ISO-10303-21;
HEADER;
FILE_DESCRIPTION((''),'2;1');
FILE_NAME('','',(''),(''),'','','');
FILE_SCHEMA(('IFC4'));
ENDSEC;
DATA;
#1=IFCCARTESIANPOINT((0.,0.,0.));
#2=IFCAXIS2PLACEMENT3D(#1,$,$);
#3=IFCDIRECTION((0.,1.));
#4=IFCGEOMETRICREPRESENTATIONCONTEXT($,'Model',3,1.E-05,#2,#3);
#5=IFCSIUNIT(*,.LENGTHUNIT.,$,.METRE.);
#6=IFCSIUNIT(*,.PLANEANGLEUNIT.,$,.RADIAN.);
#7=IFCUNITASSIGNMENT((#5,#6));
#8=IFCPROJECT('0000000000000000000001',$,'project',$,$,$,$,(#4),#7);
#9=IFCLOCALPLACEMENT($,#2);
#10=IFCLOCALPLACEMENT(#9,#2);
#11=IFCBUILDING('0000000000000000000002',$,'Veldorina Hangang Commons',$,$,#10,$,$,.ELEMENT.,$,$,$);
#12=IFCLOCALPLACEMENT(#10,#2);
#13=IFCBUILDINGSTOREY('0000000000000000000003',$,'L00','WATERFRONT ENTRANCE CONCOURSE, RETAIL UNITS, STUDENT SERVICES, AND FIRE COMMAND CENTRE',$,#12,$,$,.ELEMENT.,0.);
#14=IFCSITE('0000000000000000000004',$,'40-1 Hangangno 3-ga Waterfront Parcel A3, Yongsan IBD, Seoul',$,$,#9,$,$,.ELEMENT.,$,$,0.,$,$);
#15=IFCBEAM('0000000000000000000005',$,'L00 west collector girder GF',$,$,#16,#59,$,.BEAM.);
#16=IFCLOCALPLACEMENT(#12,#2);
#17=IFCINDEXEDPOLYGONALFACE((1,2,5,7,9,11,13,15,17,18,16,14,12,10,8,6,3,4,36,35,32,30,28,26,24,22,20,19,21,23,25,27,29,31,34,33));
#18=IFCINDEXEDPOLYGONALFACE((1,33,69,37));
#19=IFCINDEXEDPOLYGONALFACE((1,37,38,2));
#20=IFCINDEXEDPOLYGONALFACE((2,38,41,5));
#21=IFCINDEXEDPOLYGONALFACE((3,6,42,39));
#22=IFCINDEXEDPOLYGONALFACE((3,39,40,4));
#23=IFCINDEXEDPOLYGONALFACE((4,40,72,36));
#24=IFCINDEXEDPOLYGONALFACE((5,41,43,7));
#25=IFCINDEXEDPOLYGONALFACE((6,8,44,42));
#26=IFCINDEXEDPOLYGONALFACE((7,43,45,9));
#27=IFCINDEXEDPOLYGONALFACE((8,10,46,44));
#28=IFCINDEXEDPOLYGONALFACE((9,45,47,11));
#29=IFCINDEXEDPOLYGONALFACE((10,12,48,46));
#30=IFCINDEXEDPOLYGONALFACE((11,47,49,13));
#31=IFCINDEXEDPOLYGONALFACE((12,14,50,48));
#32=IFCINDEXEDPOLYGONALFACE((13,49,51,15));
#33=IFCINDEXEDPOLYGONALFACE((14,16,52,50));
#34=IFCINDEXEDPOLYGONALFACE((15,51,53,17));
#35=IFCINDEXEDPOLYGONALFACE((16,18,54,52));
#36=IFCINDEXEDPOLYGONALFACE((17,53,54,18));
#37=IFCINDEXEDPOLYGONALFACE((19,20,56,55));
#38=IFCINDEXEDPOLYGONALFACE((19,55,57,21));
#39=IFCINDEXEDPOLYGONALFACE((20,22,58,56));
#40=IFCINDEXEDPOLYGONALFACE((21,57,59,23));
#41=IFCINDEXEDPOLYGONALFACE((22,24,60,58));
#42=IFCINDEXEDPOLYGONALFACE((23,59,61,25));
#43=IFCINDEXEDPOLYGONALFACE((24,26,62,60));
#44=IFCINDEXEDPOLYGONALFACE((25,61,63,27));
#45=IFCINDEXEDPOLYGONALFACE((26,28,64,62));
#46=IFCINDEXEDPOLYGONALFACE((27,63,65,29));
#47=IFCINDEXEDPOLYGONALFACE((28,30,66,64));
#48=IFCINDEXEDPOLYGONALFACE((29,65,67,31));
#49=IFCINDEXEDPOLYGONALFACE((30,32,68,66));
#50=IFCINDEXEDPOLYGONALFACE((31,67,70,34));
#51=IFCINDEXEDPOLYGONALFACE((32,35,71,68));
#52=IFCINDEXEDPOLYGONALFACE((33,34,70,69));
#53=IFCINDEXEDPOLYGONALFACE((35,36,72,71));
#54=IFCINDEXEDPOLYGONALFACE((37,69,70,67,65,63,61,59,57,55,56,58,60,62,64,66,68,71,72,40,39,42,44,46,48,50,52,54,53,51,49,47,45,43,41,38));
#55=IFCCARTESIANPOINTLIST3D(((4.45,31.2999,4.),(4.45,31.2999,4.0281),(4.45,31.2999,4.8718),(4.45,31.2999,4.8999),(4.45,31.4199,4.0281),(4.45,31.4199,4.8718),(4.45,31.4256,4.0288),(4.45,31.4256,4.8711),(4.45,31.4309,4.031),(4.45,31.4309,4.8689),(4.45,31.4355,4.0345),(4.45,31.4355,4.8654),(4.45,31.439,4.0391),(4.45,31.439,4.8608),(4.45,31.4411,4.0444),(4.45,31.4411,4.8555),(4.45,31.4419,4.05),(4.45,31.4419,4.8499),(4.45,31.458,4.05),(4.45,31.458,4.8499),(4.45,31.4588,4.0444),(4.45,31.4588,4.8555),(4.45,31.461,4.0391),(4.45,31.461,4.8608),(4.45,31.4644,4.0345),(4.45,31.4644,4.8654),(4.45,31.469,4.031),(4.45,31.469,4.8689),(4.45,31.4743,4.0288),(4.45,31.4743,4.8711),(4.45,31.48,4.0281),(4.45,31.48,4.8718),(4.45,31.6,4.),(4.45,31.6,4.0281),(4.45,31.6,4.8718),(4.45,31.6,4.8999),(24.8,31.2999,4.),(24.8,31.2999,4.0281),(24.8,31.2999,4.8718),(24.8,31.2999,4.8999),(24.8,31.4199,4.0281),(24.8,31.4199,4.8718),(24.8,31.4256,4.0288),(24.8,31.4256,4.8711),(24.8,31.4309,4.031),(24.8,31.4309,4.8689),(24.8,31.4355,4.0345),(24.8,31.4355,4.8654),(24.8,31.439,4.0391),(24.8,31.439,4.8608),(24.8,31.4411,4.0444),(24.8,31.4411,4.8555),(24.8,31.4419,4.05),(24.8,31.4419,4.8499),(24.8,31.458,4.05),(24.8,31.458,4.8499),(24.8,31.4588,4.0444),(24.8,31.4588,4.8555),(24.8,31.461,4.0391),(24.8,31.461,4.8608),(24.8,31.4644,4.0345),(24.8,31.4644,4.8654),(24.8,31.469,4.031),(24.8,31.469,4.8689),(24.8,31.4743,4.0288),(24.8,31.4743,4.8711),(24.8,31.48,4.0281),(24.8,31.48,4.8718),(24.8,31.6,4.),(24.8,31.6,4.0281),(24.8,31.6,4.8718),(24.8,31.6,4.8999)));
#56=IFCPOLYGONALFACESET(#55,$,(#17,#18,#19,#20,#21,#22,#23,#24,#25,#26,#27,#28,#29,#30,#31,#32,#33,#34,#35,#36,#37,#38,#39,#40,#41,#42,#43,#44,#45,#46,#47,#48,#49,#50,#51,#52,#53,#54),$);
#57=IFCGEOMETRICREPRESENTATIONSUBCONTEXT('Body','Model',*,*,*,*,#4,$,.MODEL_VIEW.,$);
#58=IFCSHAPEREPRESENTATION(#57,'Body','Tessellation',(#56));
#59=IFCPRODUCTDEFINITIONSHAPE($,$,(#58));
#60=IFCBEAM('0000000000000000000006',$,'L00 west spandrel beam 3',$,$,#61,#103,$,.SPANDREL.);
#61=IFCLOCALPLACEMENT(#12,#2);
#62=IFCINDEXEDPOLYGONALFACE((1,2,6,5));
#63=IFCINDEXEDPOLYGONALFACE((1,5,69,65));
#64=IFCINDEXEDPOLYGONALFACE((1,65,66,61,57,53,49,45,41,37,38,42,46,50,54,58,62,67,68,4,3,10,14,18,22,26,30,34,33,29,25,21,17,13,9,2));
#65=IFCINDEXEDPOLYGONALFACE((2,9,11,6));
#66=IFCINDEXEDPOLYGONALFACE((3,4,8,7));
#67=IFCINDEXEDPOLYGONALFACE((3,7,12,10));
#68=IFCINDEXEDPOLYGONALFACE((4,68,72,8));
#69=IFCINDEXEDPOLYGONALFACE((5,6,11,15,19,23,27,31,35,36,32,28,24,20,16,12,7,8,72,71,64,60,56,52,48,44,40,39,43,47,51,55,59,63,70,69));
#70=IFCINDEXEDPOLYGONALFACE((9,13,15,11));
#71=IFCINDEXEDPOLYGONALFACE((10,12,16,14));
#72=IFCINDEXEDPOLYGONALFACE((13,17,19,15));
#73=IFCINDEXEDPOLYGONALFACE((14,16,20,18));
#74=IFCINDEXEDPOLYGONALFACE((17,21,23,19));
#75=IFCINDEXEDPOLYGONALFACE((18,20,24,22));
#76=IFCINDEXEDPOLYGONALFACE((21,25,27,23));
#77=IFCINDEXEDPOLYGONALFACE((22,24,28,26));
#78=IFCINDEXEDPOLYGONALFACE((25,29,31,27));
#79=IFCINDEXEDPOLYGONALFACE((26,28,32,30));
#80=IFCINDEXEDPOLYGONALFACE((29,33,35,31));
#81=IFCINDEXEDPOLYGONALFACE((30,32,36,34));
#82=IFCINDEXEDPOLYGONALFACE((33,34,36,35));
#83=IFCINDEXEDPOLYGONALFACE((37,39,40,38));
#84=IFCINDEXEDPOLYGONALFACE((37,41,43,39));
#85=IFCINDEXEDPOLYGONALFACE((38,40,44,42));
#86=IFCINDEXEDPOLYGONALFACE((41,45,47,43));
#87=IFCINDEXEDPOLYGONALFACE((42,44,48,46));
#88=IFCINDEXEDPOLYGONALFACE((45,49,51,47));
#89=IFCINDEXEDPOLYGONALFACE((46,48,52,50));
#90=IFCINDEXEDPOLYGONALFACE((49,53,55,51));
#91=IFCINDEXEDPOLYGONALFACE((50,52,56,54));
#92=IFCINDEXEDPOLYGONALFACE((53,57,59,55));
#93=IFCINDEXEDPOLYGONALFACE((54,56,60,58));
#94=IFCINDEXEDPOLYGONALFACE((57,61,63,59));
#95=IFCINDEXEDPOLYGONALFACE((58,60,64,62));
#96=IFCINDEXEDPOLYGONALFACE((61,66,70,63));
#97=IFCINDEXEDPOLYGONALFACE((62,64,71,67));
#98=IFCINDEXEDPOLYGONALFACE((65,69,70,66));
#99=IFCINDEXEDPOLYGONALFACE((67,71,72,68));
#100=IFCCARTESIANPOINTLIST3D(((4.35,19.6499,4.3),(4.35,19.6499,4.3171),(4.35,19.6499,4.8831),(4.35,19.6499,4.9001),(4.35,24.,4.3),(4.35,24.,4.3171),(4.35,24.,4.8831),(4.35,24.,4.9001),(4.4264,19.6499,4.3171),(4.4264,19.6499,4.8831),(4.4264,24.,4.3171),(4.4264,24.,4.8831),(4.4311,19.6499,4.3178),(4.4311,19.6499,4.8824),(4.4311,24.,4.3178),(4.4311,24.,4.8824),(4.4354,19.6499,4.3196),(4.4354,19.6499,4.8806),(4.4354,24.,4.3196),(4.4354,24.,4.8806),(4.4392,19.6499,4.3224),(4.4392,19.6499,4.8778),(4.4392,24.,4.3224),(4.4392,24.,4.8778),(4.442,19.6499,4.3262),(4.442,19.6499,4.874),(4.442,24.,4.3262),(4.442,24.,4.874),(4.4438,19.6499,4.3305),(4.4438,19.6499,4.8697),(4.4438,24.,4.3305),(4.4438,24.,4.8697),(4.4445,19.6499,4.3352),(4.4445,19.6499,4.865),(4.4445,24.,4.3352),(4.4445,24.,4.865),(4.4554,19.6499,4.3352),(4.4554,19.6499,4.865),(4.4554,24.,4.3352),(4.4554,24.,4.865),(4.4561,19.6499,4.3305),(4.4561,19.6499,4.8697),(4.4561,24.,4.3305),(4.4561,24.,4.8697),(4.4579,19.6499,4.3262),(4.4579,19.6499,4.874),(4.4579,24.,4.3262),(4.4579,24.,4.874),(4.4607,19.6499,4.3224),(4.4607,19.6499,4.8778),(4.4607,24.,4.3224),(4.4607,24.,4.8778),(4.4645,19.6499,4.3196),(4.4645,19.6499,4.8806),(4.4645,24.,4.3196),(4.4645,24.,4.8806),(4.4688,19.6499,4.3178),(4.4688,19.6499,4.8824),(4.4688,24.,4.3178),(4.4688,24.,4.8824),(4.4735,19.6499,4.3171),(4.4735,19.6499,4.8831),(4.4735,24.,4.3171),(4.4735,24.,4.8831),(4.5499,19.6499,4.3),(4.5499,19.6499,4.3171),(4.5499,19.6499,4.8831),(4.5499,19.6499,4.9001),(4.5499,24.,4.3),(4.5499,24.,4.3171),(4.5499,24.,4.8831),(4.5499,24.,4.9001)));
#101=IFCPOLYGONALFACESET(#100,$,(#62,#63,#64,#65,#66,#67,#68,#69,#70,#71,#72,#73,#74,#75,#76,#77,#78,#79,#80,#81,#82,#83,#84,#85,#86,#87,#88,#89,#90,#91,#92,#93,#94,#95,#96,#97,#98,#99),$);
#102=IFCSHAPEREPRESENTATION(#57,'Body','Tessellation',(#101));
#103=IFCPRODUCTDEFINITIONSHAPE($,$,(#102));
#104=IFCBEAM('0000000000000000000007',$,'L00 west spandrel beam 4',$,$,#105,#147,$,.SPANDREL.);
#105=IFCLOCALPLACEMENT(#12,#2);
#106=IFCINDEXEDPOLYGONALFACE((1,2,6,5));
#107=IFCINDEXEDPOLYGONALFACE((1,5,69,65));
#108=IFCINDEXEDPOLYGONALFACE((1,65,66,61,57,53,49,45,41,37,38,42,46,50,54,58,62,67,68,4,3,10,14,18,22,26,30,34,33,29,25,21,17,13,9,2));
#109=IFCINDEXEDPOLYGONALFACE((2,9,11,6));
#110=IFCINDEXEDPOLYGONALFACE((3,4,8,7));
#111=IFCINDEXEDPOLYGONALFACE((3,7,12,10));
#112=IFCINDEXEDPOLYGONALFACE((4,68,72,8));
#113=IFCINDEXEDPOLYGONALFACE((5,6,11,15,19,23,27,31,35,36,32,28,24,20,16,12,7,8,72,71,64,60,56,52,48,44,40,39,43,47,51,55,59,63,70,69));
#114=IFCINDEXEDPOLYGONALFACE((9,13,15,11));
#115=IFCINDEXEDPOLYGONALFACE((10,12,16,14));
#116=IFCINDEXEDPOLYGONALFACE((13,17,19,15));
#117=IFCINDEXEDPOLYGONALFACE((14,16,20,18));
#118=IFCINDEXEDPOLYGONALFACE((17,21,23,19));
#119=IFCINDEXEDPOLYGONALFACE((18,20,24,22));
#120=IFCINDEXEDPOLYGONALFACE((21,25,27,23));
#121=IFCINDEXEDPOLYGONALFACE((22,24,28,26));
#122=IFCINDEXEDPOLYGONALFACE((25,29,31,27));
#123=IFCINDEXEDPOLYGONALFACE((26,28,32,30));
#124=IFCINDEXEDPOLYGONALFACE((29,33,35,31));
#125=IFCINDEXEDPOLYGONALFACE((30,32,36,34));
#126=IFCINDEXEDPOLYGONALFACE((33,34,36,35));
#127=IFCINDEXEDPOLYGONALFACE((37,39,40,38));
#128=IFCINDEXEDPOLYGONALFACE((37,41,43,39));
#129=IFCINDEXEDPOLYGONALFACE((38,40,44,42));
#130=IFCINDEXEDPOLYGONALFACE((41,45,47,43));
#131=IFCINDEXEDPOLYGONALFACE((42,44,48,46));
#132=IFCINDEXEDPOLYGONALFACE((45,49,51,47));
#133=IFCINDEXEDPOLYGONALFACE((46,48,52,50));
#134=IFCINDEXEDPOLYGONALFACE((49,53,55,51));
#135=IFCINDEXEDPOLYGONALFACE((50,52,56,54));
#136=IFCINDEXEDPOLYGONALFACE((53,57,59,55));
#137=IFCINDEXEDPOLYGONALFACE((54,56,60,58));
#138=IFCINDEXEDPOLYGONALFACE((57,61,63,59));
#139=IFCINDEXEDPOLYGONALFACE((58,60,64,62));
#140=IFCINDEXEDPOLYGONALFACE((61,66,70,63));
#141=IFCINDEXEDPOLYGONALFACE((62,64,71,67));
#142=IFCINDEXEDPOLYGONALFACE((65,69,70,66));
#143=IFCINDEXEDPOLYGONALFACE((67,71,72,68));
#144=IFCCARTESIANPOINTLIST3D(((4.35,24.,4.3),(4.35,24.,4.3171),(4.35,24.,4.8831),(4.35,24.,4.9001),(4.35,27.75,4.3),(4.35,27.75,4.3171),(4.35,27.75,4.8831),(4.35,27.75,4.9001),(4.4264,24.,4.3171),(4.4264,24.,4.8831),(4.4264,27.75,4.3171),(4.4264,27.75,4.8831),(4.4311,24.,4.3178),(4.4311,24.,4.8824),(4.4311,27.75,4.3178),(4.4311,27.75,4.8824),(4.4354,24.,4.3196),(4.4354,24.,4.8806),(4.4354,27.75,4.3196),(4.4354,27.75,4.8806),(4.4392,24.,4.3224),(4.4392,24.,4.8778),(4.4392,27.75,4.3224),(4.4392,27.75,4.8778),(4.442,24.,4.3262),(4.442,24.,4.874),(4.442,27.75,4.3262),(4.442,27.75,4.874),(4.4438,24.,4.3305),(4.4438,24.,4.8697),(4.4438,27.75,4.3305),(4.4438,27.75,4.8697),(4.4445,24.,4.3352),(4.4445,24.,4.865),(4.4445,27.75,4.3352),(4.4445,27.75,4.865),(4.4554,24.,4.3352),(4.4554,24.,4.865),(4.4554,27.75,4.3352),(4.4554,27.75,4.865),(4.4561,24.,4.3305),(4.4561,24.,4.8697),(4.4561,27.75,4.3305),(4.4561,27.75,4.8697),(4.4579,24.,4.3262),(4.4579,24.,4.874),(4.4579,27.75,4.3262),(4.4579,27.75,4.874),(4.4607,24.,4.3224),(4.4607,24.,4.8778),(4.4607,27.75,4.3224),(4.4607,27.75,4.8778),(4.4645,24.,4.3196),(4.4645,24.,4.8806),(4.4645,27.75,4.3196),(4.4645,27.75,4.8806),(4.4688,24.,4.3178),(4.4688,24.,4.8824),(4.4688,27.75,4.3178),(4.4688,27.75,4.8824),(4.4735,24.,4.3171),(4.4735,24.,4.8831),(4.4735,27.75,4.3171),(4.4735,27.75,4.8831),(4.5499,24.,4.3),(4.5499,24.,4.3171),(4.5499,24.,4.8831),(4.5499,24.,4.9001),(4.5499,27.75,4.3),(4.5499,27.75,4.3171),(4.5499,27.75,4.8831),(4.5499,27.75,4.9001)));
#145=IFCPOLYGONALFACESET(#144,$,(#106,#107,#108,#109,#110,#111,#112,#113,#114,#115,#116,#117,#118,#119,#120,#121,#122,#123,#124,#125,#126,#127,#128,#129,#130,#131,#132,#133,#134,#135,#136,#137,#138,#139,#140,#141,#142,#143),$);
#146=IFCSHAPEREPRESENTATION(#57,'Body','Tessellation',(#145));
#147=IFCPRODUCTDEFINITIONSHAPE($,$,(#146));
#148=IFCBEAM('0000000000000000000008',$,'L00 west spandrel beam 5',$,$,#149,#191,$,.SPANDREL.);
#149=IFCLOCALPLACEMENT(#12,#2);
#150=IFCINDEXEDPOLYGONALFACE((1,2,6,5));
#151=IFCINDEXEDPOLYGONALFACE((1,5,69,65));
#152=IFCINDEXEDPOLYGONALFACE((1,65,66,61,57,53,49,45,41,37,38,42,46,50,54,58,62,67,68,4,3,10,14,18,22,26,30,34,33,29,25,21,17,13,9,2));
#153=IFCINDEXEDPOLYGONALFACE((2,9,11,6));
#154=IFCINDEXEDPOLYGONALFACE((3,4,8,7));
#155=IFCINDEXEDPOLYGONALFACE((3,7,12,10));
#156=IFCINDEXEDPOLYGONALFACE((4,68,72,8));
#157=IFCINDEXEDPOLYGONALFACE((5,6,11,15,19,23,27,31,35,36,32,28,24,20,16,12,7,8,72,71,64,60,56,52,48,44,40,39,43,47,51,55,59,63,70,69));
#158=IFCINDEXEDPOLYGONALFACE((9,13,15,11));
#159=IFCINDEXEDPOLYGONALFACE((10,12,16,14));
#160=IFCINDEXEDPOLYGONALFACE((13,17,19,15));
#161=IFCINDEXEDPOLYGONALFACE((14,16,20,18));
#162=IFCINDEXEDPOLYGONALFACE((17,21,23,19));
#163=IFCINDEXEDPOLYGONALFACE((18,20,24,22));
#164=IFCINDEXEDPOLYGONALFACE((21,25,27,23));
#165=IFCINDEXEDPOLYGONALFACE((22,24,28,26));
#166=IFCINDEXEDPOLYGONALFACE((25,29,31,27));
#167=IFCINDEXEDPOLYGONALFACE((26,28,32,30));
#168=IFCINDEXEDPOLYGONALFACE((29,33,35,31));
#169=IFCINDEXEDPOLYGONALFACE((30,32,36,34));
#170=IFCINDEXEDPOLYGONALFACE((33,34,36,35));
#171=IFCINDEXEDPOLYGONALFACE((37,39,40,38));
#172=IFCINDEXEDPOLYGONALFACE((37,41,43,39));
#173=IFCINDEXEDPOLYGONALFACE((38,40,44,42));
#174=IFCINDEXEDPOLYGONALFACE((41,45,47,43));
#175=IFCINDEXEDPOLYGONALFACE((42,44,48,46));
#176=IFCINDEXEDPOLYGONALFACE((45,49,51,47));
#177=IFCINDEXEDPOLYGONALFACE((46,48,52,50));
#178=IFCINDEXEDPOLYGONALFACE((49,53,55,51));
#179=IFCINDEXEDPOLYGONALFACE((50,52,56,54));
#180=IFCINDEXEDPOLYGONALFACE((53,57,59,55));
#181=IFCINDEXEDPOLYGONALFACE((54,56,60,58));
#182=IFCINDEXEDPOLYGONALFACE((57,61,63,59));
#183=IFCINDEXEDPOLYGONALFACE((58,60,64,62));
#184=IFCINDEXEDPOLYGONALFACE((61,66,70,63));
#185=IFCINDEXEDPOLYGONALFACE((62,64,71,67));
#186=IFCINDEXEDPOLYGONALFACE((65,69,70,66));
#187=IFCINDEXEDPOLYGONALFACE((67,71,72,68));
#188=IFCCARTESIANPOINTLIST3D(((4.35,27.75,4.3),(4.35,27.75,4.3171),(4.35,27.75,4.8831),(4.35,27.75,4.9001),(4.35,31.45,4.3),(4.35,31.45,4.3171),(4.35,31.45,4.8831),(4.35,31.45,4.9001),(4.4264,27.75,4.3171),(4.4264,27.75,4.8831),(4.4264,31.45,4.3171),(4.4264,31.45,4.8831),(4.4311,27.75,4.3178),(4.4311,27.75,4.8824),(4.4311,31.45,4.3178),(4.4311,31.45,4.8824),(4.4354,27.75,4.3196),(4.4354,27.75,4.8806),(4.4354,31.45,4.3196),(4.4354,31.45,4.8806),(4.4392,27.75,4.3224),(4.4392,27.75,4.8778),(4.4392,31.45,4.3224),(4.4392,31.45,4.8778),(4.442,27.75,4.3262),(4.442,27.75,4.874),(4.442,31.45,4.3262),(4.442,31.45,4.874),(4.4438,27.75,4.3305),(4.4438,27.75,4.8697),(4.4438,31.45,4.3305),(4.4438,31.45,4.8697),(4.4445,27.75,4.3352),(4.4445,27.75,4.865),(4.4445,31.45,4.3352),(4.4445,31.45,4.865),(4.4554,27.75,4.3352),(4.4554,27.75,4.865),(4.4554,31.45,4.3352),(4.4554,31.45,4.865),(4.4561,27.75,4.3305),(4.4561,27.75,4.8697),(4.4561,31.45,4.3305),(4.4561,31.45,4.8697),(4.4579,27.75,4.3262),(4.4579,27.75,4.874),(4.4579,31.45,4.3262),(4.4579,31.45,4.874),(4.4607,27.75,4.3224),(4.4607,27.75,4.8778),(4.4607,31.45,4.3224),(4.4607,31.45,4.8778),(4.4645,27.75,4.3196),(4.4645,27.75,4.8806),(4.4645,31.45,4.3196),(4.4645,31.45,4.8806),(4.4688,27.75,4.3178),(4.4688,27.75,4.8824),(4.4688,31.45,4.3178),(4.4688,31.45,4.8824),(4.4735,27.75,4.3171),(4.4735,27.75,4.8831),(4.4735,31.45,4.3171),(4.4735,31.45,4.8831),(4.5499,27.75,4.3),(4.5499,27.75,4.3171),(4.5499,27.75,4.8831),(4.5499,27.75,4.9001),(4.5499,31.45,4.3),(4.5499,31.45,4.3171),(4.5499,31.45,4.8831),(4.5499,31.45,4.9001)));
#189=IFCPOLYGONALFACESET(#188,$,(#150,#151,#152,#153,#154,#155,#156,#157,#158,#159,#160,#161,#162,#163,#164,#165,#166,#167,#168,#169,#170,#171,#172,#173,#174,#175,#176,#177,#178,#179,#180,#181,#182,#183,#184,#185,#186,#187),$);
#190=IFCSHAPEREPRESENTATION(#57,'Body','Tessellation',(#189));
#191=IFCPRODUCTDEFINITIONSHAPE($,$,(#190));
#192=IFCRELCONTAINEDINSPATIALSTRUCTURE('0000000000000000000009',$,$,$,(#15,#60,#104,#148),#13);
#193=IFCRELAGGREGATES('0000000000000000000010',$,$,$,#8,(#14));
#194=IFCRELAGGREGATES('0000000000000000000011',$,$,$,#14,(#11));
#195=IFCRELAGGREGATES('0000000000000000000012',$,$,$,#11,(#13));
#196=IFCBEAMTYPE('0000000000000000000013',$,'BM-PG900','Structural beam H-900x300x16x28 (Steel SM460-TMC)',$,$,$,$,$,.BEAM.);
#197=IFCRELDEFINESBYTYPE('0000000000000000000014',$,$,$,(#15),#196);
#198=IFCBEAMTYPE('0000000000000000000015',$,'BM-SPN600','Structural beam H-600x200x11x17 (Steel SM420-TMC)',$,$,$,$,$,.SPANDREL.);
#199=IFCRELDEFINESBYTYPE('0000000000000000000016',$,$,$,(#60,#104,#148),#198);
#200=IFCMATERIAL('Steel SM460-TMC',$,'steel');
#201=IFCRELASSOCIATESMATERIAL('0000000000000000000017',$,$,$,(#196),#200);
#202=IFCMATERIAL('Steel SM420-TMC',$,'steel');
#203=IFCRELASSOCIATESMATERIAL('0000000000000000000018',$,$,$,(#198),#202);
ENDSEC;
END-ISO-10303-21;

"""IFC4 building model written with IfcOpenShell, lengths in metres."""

from ifc_helpers import new_model, si_unit, direction, frame, origin, origin_2d, place, context, subcontext, project, spatial, i_section, extrude, material, material_profile, profile_set, type_object, element, save


model = new_model("IFC4")

# Units and contexts
model_context = context("Model", 3, precision=1e-05, world=origin(), true_north=direction((0.0, 1.0)))
body_context = subcontext(model_context, "Body", "Model", "MODEL_VIEW")
ifc_project = project(units=[si_unit("LENGTHUNIT", "METRE"), si_unit("PLANEANGLEUNIT", "RADIAN")], contexts=[model_context])

# Site, building, storey
site_placement = place(None, origin())
site = spatial("IfcSite", under=ifc_project, at=site_placement, Name="40-1 Hangangno 3-ga Waterfront Parcel A3, Yongsan IBD, Seoul", CompositionType="ELEMENT", RefElevation=0.0)
building_placement = place(site_placement, origin())
building = spatial("IfcBuilding", under=site, at=building_placement, Name="Veldorina Hangang Commons", CompositionType="ELEMENT")
storey_placement = place(building_placement, origin())
storey = spatial("IfcBuildingStorey", under=building, at=storey_placement, Name="L00", Description="WATERFRONT ENTRANCE CONCOURSE, RETAIL UNITS, STUDENT SERVICES, AND FIRE COMMAND CENTRE", CompositionType="ELEMENT", Elevation=0.0)

# Shared definitions
ifc_material_1 = material(Name="Steel SM460-TMC", Category="steel")

# Beams
ifc_material_profile_1 = material_profile(ifc_material_1, i_section(OverallWidth=0.3, OverallDepth=0.8999, WebThickness=0.0161, FlangeThickness=0.0281, FilletRadius=0.022, at=origin_2d()), Name="H-900x300x16x28")
ifc_profile_set_1 = profile_set([ifc_material_profile_1], Name="Steel SM460-TMC")
beam_type_1 = type_object("IfcBeamType", Name="BM-PG900", Description="Structural beam H-900x300x16x28 (Steel SM460-TMC)", PredefinedType="BEAM", material=ifc_profile_set_1)
beam_1_placement = place(storey_placement, frame((4.45, 31.45, 4.45), z_axis=(1.0, 0.0, 0.0), x_axis=(0.0, 1.0, 0.0)))
element("IfcBeam", 1, at=beam_1_placement, inside=storey, type_object=beam_type_1, Name="L00 west collector girder GF", PredefinedType="BEAM", context=body_context, shape_type="SweptSolid", body=[
    extrude(i_section(OverallWidth=0.3, OverallDepth=0.8999, WebThickness=0.0161, FlangeThickness=0.0281, FilletRadius=0.022, at=origin_2d()), origin(), (0.0, 0.0, 1.0), 20.3501),
])
ifc_material_2 = material(Name="Steel SM420-TMC", Category="steel")
ifc_material_profile_2 = material_profile(ifc_material_2, i_section(OverallWidth=0.2, OverallDepth=0.6001, WebThickness=0.011, FlangeThickness=0.0171, FilletRadius=0.0181, at=origin_2d()), Name="H-600x200x11x17")
ifc_profile_set_2 = profile_set([ifc_material_profile_2], Name="Steel SM420-TMC")
beam_type_2 = type_object("IfcBeamType", Name="BM-SPN600", Description="Structural beam H-600x200x11x17 (Steel SM420-TMC)", PredefinedType="SPANDREL", material=ifc_profile_set_2)
beam_2_placement = place(storey_placement, frame((4.45, 19.6499, 4.6001), z_axis=(0.0, 1.0, 0.0), x_axis=(-1.0, 0.0, 0.0)))
element("IfcBeam", 2, at=beam_2_placement, inside=storey, type_object=beam_type_2, Name="L00 west spandrel beam 3", PredefinedType="SPANDREL", context=body_context, shape_type="SweptSolid", body=[
    extrude(i_section(OverallWidth=0.2, OverallDepth=0.6001, WebThickness=0.011, FlangeThickness=0.0171, FilletRadius=0.0181, at=origin_2d()), origin(), (0.0, 0.0, 1.0), 4.3501),
])
beam_3_placement = place(storey_placement, frame((4.45, 24.0, 4.6001), z_axis=(0.0, 1.0, 0.0), x_axis=(-1.0, 0.0, 0.0)))
element("IfcBeam", 3, at=beam_3_placement, inside=storey, type_object=beam_type_2, Name="L00 west spandrel beam 4", PredefinedType="SPANDREL", context=body_context, shape_type="SweptSolid", body=[
    extrude(i_section(OverallWidth=0.2, OverallDepth=0.6001, WebThickness=0.011, FlangeThickness=0.0171, FilletRadius=0.0181, at=origin_2d()), origin(), (0.0, 0.0, 1.0), 3.75),
])
beam_4_placement = place(storey_placement, frame((4.45, 27.75, 4.6001), z_axis=(0.0, 1.0, 0.0), x_axis=(-1.0, 0.0, 0.0)))
element("IfcBeam", 4, at=beam_4_placement, inside=storey, type_object=beam_type_2, Name="L00 west spandrel beam 5", PredefinedType="SPANDREL", context=body_context, shape_type="SweptSolid", body=[
    extrude(i_section(OverallWidth=0.2, OverallDepth=0.6001, WebThickness=0.011, FlangeThickness=0.0171, FilletRadius=0.0181, at=origin_2d()), origin(), (0.0, 0.0, 1.0), 3.7),
])

save(model, "model.ifc")
